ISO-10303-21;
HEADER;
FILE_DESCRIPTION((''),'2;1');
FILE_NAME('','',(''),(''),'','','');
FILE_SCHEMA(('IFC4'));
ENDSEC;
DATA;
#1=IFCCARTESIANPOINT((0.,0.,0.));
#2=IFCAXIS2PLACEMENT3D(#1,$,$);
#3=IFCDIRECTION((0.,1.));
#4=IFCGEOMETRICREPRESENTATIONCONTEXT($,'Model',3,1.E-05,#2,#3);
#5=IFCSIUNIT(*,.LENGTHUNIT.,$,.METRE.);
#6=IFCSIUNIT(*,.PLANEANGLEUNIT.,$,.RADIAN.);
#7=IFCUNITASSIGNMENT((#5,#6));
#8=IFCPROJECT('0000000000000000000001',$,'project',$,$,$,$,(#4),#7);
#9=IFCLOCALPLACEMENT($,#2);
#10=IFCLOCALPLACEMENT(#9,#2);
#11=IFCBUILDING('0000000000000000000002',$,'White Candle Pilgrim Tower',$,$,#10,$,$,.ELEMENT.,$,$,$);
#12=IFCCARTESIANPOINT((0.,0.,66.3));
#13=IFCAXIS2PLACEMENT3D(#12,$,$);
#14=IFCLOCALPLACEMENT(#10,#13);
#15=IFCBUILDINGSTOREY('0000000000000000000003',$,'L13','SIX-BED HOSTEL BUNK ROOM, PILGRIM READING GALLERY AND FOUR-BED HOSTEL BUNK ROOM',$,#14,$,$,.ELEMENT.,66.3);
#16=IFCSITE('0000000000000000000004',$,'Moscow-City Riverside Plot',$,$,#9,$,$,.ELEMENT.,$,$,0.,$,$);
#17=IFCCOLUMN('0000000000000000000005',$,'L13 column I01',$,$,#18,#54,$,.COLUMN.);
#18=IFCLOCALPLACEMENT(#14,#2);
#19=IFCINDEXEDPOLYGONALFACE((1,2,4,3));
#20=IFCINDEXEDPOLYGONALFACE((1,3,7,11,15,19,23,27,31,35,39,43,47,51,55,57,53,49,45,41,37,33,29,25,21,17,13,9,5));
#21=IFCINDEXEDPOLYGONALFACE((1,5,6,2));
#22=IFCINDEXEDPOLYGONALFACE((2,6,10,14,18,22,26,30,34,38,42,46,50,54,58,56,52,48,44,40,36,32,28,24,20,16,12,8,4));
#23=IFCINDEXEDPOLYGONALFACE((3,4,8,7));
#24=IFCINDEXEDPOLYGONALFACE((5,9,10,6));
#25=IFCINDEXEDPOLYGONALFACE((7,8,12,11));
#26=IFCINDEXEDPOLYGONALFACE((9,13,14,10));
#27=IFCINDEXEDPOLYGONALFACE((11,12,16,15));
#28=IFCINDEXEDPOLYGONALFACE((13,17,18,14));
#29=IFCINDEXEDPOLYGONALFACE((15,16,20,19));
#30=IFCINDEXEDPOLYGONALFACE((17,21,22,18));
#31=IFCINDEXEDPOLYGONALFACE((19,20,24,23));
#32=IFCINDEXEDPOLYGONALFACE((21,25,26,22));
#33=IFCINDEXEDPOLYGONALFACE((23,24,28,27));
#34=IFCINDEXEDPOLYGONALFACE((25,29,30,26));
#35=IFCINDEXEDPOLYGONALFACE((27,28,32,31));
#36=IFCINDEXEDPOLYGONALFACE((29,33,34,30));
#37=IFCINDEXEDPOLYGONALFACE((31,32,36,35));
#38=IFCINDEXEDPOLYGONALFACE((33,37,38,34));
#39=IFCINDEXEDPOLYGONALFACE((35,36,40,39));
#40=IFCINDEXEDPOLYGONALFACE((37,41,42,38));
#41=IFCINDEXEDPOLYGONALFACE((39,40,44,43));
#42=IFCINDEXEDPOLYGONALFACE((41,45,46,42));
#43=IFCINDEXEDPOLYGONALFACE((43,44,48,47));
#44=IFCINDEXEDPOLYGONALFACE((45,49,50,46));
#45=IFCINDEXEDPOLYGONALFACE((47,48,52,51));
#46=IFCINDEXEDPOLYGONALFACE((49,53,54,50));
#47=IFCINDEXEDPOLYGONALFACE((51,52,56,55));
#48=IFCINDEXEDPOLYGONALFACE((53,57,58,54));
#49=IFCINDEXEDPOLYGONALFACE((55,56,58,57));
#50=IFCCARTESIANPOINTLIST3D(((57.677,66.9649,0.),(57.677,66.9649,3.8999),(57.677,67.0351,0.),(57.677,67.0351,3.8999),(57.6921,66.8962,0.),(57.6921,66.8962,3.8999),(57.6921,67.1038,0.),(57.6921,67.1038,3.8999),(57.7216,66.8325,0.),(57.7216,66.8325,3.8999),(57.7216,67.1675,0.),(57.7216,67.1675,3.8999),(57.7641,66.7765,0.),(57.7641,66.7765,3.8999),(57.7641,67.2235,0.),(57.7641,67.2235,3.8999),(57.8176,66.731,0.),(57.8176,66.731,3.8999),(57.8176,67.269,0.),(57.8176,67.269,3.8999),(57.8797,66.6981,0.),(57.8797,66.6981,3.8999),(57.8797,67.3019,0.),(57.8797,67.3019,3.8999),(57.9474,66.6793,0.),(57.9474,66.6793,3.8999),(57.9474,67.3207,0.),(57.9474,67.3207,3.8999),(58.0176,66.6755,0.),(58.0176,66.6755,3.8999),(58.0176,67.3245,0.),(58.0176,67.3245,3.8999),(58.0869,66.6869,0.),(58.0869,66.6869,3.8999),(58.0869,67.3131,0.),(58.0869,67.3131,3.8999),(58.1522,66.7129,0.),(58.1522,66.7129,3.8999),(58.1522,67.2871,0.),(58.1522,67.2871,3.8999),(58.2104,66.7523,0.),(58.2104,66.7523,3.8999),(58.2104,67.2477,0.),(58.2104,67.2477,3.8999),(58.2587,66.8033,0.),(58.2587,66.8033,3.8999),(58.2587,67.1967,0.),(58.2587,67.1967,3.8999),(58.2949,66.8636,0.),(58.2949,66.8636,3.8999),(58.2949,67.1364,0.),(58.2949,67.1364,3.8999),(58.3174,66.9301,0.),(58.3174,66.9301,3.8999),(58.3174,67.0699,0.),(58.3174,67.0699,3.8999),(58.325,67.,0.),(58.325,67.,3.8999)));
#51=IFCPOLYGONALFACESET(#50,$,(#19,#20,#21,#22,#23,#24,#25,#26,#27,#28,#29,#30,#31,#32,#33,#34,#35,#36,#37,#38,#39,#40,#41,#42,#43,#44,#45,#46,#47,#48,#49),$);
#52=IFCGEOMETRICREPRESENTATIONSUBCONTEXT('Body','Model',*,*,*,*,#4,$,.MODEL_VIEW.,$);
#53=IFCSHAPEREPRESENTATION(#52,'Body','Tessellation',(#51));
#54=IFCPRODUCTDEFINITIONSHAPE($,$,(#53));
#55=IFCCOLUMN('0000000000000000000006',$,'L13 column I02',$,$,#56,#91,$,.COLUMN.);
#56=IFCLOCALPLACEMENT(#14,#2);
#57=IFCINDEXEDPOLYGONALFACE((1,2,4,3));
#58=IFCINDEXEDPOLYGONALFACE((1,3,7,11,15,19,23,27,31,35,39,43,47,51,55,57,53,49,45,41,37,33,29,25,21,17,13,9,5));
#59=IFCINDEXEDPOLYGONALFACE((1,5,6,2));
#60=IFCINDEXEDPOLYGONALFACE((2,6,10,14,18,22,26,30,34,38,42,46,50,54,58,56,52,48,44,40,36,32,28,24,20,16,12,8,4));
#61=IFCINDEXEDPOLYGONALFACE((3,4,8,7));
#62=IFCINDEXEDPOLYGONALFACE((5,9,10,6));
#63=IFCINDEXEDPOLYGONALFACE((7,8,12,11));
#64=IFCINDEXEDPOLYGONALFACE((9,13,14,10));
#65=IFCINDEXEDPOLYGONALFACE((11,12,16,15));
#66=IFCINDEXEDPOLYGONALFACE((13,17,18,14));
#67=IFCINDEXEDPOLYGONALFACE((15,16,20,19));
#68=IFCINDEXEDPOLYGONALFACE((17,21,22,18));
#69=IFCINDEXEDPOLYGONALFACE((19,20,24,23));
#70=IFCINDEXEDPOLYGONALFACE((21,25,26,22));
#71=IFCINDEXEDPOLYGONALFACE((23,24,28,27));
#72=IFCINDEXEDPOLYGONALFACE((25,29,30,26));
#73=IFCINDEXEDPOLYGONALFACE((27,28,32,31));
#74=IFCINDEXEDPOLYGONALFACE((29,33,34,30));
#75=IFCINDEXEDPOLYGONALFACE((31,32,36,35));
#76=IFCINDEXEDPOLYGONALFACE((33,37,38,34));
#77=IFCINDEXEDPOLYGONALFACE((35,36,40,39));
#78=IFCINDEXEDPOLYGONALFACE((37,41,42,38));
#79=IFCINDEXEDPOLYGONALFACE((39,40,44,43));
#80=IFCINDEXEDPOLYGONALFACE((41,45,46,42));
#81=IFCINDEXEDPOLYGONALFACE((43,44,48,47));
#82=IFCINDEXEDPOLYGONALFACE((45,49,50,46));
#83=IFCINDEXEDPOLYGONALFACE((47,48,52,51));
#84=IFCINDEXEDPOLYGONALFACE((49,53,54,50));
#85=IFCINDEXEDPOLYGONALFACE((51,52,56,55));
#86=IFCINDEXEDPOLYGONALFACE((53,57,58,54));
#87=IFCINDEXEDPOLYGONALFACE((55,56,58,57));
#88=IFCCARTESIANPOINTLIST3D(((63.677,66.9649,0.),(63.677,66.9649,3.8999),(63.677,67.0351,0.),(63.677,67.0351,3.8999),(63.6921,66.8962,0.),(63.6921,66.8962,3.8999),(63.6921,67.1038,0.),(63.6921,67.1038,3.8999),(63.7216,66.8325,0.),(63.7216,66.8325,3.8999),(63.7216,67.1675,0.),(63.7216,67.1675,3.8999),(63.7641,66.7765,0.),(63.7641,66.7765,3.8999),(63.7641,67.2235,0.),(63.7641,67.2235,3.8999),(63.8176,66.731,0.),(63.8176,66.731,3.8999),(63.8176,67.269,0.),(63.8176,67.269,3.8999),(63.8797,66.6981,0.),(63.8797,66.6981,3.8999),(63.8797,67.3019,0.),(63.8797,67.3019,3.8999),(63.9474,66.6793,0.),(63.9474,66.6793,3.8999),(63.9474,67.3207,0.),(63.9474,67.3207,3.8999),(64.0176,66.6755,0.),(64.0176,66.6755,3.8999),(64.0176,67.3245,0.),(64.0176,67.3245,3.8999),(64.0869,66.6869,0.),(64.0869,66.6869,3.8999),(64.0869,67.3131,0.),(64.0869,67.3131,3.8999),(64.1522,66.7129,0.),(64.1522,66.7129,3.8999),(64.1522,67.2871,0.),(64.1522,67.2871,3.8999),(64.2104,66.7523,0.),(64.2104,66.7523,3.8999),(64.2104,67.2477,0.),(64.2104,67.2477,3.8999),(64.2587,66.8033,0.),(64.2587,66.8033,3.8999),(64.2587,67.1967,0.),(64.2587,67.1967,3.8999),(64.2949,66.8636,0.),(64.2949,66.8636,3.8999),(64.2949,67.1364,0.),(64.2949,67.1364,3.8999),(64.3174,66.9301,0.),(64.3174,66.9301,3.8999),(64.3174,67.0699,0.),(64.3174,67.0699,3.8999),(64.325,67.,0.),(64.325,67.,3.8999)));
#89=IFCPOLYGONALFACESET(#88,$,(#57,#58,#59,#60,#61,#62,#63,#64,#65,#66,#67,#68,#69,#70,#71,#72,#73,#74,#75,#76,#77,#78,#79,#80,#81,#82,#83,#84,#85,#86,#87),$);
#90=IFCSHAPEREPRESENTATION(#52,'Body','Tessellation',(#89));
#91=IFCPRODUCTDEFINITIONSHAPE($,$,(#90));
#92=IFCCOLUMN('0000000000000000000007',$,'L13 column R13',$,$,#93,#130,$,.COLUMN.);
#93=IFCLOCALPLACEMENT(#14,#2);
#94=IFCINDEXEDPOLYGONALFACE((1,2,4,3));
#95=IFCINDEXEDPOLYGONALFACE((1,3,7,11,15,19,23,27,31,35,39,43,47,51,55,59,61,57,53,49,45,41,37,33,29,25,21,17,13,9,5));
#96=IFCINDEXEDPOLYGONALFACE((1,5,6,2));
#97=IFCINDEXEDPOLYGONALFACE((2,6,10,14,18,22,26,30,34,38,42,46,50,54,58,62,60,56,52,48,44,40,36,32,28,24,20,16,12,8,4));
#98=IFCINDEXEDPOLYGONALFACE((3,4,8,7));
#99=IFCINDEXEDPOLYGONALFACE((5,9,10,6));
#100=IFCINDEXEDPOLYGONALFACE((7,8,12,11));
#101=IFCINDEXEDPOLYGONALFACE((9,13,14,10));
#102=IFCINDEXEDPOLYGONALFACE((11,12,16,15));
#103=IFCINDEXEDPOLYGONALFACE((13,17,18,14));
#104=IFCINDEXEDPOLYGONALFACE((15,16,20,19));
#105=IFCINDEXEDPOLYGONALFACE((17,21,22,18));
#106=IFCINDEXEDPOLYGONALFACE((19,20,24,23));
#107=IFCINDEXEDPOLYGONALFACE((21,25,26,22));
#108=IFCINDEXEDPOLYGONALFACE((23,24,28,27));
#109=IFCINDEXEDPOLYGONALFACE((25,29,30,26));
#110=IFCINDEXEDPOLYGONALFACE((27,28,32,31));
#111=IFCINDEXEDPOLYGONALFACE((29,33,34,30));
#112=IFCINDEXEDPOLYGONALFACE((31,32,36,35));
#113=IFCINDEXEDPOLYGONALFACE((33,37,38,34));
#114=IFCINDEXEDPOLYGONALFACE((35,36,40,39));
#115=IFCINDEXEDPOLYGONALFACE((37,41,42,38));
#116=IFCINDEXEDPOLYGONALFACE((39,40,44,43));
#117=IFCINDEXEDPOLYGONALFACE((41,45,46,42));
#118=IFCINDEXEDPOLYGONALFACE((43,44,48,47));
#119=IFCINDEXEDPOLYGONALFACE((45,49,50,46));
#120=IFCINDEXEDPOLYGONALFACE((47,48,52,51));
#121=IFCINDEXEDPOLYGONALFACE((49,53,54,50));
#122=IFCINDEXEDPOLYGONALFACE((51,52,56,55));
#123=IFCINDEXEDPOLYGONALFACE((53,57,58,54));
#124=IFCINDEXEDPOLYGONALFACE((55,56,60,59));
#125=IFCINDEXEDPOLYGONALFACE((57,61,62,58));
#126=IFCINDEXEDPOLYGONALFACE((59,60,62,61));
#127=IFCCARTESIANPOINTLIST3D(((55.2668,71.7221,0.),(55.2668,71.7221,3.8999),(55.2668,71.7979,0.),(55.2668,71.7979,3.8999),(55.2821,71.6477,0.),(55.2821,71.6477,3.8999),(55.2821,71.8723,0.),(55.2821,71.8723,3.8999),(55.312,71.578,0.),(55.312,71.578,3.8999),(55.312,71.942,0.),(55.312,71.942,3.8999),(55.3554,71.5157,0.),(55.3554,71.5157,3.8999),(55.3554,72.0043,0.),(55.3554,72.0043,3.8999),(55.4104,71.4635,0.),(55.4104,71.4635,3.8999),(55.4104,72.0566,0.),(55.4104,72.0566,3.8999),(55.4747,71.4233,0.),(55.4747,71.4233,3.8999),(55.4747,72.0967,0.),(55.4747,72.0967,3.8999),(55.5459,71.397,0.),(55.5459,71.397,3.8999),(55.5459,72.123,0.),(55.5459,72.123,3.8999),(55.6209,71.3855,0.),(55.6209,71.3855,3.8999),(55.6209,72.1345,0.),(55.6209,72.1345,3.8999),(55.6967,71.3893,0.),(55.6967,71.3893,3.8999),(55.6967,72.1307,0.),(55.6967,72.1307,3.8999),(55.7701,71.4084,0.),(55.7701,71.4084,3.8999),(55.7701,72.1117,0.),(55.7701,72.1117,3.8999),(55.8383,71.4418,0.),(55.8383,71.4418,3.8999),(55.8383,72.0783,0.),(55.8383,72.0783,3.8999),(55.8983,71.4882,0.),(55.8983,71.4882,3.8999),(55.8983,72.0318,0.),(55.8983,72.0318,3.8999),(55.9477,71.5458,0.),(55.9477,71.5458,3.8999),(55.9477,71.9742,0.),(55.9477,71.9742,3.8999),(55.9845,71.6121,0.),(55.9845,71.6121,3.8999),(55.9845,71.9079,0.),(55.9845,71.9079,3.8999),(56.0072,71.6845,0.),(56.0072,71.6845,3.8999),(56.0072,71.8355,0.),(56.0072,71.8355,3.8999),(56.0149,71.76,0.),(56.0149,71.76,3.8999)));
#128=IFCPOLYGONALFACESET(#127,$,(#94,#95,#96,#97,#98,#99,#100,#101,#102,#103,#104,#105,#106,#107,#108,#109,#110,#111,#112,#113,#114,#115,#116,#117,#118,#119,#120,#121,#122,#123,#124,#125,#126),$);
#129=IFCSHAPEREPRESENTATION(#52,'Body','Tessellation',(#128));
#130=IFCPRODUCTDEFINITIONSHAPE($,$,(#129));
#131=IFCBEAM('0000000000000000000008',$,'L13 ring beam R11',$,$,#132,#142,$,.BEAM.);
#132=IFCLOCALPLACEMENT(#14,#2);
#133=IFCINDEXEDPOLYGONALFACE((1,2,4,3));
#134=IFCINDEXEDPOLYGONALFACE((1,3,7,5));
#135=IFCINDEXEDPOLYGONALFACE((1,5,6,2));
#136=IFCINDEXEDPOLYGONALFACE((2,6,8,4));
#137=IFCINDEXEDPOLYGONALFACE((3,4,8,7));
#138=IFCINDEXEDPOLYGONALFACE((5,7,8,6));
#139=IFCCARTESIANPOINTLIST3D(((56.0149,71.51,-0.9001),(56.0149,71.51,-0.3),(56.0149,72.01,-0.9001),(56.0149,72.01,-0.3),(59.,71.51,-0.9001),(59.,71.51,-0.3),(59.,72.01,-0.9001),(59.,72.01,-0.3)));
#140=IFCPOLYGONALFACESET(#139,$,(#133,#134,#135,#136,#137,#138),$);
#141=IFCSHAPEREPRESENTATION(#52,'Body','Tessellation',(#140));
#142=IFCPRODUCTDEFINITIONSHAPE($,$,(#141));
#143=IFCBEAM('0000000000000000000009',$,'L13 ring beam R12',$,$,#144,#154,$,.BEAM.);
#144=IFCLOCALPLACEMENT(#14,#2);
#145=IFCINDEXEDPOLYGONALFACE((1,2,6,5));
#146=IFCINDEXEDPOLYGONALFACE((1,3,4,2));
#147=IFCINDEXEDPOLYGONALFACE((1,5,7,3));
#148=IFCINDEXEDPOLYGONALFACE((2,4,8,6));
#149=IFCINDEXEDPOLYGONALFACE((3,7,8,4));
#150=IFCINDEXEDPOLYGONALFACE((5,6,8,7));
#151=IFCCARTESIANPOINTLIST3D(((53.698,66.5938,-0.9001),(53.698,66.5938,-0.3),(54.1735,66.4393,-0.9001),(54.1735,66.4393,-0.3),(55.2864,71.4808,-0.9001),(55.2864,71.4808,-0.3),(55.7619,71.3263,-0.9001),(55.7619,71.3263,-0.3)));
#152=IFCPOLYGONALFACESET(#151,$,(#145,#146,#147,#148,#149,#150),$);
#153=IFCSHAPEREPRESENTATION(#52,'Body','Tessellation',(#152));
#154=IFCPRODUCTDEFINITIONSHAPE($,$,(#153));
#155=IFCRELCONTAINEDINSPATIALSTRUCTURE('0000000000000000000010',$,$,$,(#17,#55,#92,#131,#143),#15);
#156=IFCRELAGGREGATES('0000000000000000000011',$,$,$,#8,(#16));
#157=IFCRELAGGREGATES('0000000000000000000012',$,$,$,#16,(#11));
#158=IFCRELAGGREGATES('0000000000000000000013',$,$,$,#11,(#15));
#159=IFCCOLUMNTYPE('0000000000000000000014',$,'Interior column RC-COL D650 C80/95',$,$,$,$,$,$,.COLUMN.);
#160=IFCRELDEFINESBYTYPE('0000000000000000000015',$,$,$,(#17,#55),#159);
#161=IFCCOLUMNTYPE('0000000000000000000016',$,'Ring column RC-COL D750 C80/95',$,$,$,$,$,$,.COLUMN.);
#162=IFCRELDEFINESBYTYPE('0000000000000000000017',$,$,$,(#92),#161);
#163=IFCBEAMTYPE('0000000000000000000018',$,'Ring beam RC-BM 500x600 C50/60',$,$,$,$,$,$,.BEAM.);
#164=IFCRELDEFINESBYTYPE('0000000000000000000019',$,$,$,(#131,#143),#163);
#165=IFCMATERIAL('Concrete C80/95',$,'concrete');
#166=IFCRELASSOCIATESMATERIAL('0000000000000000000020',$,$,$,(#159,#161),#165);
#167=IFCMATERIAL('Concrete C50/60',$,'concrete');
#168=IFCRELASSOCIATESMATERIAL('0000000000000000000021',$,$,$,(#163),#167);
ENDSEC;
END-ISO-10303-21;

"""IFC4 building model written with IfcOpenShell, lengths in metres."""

from ifc_helpers import new_model, si_unit, direction, frame, origin, origin_2d, place, context, subcontext, project, spatial, rectangle, circle, extrude, material, material_profile, profile_set, type_object, element, save


model = new_model("IFC4")

# Units and contexts
model_context = context("Model", 3, precision=1e-05, world=origin(), true_north=direction((0.0, 1.0)))
body_context = subcontext(model_context, "Body", "Model", "MODEL_VIEW")
ifc_project = project(units=[si_unit("LENGTHUNIT", "METRE"), si_unit("PLANEANGLEUNIT", "RADIAN")], contexts=[model_context])

# Site, building, storey
site_placement = place(None, origin())
site = spatial("IfcSite", under=ifc_project, at=site_placement, Name="Moscow-City Riverside Plot", CompositionType="ELEMENT", RefElevation=0.0)
building_placement = place(site_placement, origin())
building = spatial("IfcBuilding", under=site, at=building_placement, Name="White Candle Pilgrim Tower", CompositionType="ELEMENT")
storey_placement = place(building_placement, frame((0.0, 0.0, 66.3)))
storey = spatial("IfcBuildingStorey", under=building, at=storey_placement, Name="L13", Description="SIX-BED HOSTEL BUNK ROOM, PILGRIM READING GALLERY AND FOUR-BED HOSTEL BUNK ROOM", CompositionType="ELEMENT", Elevation=66.3)

# Columns
ifc_material_1 = material(Name="Concrete C80/95", Category="concrete")
ifc_material_profile_1 = material_profile(ifc_material_1, circle(Radius=0.325, at=origin_2d()), Name="RC-COL D650")
ifc_profile_set_1 = profile_set([ifc_material_profile_1], Name="Concrete C80/95")
column_type_1 = type_object("IfcColumnType", Name="Interior column RC-COL D650 C80/95", PredefinedType="COLUMN", material=ifc_profile_set_1)
for number, where, z_axis, x_axis, name in (
    (1, (58.0, 67.0, 0.0), (0.0, 0.0, 1.0), (1.0, 0.0, 0.0), "L13 column I01"),
    (2, (64.0, 67.0, 0.0), (0.0, 0.0, 1.0), (1.0, 0.0, 0.0), "L13 column I02"),
):
    element("IfcColumn", number, at=place(storey_placement, frame(where, z_axis=z_axis, x_axis=x_axis)), inside=storey, type_object=column_type_1, Name=name, PredefinedType="COLUMN", context=body_context, shape_type="SweptSolid", body=[
        extrude(circle(Radius=0.325, at=origin_2d()), origin(), (0.0, 0.0, 1.0), 3.8999),
    ])
ifc_material_profile_2 = material_profile(ifc_material_1, circle(Radius=0.375, at=origin_2d()), Name="RC-COL D750")
ifc_profile_set_2 = profile_set([ifc_material_profile_2], Name="Concrete C80/95")
column_type_2 = type_object("IfcColumnType", Name="Ring column RC-COL D750 C80/95", PredefinedType="COLUMN", material=ifc_profile_set_2)
column_placement = place(storey_placement, frame((55.6399, 71.76, 0.0), z_axis=(0.0, 0.0, 1.0), x_axis=(1.0, 0.0, 0.0)))
element("IfcColumn", 3, at=column_placement, inside=storey, type_object=column_type_2, Name="L13 column R13", PredefinedType="COLUMN", context=body_context, shape_type="SweptSolid", body=[
    extrude(circle(Radius=0.375, at=origin_2d()), origin(), (0.0, 0.0, 1.0), 3.8999),
])

# Beams
ifc_material_2 = material(Name="Concrete C50/60", Category="concrete")
ifc_material_profile_3 = material_profile(ifc_material_2, rectangle(XDim=0.5, YDim=0.6001, at=origin_2d()), Name="RC-BM 500x600")
ifc_profile_set_3 = profile_set([ifc_material_profile_3], Name="Concrete C50/60")
beam_type = type_object("IfcBeamType", Name="Ring beam RC-BM 500x600 C50/60", PredefinedType="BEAM", material=ifc_profile_set_3)
beam_1_placement = place(storey_placement, frame((56.0149, 71.76, -0.6001), z_axis=(1.0, 0.0, 0.0), x_axis=(0.0, 1.0, 0.0)))
element("IfcBeam", 4, at=beam_1_placement, inside=storey, type_object=beam_type, Name="L13 ring beam R11", PredefinedType="BEAM", context=body_context, shape_type="SweptSolid", body=[
    extrude(rectangle(XDim=0.5, YDim=0.6001, at=origin_2d()), origin(), (0.0, 0.0, 1.0), 2.9851),
])
beam_2_placement = place(storey_placement, frame((55.5242, 71.4036, -0.6001), z_axis=(-0.309106, -0.951027, 0.0), x_axis=(0.951027, -0.309106, 0.0)))
element("IfcBeam", 5, at=beam_2_placement, inside=storey, type_object=beam_type, Name="L13 ring beam R12", PredefinedType="BEAM", context=body_context, shape_type="SweptSolid", body=[
    extrude(rectangle(XDim=0.5, YDim=0.6001, at=origin_2d()), origin(), (0.0, 0.0, 1.0), 5.1387),
])

save(model, "model.ifc")
